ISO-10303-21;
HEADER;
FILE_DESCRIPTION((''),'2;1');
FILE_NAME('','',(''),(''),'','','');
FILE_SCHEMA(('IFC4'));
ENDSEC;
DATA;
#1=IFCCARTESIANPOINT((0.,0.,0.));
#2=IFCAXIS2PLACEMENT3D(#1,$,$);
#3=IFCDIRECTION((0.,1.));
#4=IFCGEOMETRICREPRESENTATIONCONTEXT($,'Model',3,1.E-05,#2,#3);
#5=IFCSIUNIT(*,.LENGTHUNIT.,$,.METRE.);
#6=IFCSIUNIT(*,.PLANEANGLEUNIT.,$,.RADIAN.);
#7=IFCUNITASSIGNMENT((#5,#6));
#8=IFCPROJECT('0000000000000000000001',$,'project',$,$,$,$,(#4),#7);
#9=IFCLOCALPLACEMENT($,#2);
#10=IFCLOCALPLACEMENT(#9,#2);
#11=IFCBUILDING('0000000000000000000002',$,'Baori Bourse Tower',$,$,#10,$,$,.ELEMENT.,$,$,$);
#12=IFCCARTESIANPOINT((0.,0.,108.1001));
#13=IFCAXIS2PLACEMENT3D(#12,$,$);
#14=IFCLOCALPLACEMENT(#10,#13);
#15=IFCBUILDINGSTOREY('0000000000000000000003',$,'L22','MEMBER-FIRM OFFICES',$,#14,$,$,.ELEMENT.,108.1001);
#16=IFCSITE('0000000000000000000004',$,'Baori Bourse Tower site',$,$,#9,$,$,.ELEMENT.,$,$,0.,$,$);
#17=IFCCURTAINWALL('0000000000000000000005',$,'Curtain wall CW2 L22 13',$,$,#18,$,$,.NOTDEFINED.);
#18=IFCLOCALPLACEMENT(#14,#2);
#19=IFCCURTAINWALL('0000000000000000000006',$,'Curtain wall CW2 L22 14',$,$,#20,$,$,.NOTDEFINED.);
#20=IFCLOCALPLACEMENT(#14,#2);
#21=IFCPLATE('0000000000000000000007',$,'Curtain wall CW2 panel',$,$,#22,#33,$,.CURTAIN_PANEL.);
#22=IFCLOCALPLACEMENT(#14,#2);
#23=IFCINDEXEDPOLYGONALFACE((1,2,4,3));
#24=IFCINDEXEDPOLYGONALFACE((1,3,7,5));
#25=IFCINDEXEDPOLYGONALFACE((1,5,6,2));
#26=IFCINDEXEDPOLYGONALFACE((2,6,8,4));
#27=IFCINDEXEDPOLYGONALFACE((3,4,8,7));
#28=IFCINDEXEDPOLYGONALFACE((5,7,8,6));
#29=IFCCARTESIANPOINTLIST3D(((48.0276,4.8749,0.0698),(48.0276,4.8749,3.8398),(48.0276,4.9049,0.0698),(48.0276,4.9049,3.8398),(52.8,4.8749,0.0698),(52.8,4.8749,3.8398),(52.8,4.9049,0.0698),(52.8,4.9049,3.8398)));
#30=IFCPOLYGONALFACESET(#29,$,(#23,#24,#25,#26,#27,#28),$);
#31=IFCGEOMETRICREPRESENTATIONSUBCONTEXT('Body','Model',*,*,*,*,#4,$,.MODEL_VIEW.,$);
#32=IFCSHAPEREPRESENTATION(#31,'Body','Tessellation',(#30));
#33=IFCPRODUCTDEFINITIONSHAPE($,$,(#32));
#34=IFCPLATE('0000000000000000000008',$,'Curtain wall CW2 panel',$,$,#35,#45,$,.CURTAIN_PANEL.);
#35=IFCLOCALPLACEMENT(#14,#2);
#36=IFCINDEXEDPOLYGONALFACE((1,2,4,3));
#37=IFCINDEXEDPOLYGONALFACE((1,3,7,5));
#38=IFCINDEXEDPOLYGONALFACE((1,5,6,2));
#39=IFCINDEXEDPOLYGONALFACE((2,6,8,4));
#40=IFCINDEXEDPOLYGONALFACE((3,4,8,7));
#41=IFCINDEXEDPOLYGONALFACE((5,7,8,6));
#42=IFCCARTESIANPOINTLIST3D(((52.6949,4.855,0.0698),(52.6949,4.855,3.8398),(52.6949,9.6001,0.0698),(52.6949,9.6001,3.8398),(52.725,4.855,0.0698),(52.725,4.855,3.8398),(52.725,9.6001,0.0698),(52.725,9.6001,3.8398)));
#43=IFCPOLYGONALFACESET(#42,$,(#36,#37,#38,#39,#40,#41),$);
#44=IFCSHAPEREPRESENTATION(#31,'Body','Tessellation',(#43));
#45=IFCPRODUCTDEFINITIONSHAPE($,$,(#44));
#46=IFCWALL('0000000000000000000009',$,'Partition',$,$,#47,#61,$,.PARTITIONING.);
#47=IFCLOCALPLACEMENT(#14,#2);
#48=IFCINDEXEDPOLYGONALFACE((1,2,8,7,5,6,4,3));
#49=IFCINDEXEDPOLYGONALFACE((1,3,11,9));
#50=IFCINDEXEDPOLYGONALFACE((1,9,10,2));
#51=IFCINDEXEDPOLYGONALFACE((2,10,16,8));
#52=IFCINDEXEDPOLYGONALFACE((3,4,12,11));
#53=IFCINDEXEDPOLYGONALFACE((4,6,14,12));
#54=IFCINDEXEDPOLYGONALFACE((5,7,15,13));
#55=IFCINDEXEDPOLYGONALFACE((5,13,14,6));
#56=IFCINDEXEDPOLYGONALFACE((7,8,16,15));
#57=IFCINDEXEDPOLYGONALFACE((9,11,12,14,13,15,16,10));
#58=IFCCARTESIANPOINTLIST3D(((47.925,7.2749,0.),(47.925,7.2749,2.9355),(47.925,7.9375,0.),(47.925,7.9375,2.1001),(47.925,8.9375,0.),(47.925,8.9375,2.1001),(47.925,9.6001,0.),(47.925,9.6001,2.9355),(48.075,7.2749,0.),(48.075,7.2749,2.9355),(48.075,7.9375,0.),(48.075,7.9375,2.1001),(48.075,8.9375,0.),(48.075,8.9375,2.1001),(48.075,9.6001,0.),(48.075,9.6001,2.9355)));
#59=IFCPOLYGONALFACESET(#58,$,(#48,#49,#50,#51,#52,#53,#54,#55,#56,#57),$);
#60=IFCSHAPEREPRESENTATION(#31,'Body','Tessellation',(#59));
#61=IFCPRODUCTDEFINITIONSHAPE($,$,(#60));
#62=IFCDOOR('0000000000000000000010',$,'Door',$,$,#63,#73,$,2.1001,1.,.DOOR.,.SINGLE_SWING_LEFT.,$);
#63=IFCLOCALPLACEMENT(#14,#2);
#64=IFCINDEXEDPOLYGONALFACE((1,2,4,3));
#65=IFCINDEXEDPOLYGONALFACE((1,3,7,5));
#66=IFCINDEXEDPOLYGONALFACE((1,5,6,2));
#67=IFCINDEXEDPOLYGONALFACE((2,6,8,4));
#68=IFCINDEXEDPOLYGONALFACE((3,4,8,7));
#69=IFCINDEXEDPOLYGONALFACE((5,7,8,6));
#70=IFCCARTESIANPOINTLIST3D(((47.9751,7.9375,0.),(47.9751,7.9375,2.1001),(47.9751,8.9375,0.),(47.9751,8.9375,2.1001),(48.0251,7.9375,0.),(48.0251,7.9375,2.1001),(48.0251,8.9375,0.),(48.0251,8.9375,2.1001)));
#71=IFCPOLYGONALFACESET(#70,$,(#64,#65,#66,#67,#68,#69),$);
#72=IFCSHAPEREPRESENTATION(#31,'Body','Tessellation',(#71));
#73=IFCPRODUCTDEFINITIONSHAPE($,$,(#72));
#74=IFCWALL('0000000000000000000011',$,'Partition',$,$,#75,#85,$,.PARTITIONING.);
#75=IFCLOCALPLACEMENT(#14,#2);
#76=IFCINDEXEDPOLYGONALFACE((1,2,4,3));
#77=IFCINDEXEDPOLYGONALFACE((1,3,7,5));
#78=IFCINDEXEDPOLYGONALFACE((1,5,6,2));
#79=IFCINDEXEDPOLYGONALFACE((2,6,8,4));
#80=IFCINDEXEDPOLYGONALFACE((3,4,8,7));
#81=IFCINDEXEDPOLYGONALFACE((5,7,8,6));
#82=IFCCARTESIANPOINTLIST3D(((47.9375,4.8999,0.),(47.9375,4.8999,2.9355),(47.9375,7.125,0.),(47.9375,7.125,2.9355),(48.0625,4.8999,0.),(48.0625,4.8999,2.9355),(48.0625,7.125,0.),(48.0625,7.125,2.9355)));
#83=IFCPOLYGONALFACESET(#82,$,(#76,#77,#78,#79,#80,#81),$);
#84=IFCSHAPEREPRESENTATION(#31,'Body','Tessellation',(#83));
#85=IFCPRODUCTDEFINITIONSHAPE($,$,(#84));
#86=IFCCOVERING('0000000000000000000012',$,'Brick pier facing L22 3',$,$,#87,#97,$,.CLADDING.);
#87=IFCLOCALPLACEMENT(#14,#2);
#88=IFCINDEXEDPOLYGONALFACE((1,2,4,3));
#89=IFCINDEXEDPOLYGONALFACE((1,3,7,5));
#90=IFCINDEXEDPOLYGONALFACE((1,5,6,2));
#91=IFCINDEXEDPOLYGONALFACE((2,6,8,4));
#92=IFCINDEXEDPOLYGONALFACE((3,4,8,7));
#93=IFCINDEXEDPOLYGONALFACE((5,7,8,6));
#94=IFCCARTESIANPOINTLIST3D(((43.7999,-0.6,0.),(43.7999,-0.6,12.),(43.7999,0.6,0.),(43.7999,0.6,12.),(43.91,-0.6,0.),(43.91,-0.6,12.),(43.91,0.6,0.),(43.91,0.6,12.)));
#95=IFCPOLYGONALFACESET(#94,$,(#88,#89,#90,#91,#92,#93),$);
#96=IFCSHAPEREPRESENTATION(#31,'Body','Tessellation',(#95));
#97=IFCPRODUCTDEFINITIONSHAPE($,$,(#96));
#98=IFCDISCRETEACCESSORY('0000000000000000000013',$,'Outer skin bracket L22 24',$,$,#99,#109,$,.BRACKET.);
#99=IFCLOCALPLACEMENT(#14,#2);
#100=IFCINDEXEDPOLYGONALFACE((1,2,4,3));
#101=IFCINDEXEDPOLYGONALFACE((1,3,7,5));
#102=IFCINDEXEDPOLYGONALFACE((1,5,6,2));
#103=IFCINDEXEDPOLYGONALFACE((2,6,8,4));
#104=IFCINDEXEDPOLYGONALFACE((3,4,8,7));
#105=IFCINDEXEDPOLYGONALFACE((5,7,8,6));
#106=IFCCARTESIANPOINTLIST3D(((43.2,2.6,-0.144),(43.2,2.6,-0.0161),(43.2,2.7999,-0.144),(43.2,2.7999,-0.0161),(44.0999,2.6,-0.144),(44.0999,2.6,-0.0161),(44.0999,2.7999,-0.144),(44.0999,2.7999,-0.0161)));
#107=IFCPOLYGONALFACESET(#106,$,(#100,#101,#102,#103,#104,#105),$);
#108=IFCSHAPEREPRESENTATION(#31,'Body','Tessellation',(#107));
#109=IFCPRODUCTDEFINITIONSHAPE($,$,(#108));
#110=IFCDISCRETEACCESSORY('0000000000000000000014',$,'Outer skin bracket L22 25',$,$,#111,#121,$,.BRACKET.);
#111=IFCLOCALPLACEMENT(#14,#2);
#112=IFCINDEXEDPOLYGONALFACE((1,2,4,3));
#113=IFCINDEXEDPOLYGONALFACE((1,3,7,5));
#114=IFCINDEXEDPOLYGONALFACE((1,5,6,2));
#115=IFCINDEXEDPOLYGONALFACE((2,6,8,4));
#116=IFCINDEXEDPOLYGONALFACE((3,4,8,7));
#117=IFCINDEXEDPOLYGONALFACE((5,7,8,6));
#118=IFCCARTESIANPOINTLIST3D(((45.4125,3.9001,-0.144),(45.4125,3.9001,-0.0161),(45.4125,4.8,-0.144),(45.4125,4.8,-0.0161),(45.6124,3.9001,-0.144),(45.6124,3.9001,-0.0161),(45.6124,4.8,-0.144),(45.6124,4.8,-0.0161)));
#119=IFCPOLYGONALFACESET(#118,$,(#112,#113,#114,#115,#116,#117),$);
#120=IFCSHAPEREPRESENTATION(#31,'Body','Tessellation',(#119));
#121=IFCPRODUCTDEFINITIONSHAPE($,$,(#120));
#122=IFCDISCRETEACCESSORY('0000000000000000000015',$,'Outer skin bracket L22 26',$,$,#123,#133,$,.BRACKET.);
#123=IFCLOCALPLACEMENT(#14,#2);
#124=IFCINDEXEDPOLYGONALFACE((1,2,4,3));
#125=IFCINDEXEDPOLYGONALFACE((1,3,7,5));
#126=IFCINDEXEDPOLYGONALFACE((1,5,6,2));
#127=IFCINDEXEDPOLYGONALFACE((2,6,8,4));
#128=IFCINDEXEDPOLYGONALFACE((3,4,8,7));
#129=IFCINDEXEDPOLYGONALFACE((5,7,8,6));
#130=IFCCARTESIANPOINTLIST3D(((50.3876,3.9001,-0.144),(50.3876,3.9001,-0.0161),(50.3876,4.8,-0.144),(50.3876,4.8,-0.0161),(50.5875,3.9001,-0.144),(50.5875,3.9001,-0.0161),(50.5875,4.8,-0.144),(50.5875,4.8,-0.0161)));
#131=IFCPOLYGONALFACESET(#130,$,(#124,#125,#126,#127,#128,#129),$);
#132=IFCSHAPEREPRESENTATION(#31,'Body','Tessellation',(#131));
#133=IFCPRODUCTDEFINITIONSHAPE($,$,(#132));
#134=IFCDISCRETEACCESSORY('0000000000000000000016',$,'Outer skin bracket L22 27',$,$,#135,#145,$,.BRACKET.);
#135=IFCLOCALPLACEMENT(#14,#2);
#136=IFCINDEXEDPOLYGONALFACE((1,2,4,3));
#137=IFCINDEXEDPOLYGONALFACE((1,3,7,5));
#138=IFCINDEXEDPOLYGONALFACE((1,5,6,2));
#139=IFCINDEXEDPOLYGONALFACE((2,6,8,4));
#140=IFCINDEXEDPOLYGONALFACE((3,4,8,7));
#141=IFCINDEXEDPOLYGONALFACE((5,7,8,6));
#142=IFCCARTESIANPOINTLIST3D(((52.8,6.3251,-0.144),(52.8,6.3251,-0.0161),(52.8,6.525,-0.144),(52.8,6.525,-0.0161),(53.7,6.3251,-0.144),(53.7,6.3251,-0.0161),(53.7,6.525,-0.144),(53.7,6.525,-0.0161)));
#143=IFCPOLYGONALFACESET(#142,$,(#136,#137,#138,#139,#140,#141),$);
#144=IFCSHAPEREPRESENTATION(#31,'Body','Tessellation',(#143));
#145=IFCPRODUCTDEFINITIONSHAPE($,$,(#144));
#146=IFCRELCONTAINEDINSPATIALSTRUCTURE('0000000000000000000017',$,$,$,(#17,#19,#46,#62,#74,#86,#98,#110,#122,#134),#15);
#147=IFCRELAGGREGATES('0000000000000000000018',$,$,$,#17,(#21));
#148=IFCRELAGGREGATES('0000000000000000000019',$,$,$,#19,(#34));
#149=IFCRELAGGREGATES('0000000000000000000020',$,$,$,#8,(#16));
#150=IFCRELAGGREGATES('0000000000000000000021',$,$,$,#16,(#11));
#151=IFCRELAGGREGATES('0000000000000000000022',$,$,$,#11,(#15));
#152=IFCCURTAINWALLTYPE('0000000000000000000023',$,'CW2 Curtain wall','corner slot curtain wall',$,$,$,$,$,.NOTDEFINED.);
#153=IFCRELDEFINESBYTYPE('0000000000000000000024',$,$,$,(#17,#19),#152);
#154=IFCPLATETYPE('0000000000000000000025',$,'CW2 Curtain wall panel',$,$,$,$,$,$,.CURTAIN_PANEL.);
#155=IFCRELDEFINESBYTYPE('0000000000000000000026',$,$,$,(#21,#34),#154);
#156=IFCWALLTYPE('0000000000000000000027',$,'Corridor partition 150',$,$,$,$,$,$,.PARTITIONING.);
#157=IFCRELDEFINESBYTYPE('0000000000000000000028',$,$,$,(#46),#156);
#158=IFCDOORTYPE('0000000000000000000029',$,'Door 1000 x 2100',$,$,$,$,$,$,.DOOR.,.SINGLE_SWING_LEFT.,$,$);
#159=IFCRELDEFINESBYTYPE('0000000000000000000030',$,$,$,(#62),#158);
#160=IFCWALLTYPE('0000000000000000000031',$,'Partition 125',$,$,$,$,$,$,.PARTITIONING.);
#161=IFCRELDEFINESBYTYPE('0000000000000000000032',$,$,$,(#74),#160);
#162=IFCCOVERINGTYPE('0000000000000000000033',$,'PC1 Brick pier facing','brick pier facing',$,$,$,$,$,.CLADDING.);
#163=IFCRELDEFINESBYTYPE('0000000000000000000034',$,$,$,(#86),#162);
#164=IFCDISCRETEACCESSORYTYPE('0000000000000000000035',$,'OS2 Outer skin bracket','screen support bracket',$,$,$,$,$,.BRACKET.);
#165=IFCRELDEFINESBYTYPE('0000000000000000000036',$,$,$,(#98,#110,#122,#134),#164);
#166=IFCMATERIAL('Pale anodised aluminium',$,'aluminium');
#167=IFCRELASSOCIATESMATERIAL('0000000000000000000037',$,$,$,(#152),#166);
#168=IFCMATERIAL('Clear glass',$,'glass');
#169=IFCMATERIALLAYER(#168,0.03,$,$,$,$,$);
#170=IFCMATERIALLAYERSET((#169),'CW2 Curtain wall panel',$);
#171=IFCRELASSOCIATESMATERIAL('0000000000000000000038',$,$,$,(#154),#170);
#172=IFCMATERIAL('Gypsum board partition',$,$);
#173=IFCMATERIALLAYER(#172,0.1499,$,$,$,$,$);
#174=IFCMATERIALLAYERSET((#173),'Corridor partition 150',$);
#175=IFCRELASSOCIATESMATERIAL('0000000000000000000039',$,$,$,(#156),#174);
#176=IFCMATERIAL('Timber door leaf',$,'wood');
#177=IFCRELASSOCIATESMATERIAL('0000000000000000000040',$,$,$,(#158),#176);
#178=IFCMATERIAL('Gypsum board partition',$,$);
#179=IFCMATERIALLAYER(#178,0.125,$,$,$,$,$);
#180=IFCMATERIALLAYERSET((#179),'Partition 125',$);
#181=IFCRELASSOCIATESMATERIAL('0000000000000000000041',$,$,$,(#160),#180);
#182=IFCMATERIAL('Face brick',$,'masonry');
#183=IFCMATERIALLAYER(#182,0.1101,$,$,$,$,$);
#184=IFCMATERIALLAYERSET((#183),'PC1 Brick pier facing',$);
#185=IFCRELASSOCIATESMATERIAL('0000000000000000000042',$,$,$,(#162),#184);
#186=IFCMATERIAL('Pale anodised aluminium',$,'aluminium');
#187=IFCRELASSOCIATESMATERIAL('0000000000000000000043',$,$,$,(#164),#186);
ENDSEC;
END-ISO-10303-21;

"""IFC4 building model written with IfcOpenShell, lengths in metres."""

from ifc_helpers import new_model, si_unit, direction, frame, frame_2d, origin, origin_2d, place, context, subcontext, project, spatial, rectangle, extrude, material, layer, layer_set, type_object, element, fill, aggregate, save


model = new_model("IFC4")

# Units and contexts
model_context = context("Model", 3, precision=1e-05, world=origin(), true_north=direction((0.0, 1.0)))
body_context = subcontext(model_context, "Body", "Model", "MODEL_VIEW")
ifc_project = project(units=[si_unit("LENGTHUNIT", "METRE"), si_unit("PLANEANGLEUNIT", "RADIAN")], contexts=[model_context])

# Site, building, storey
site_placement = place(None, origin())
site = spatial("IfcSite", under=ifc_project, at=site_placement, Name="Baori Bourse Tower site", CompositionType="ELEMENT", RefElevation=0.0)
building_placement = place(site_placement, origin())
building = spatial("IfcBuilding", under=site, at=building_placement, Name="Baori Bourse Tower", CompositionType="ELEMENT")
storey_placement = place(building_placement, frame((0.0, 0.0, 108.1001)))
storey = spatial("IfcBuildingStorey", under=building, at=storey_placement, Name="L22", Description="MEMBER-FIRM OFFICES", CompositionType="ELEMENT", Elevation=108.1001)

# Curtain wall
ifc_material_1 = material(Name="Pale anodised aluminium", Category="aluminium")
curtain_wall_type = type_object("IfcCurtainWallType", Name="CW2 Curtain wall", Description="corner slot curtain wall", PredefinedType="NOTDEFINED", material=ifc_material_1)
curtain_wall_1_placement = place(storey_placement, origin())
curtain_wall_1 = element("IfcCurtainWall", 1, at=curtain_wall_1_placement, inside=storey, type_object=curtain_wall_type, Name="Curtain wall CW2 L22 13", PredefinedType="NOTDEFINED")

# Curtain wall
curtain_wall_2_placement = place(storey_placement, origin())
curtain_wall_2 = element("IfcCurtainWall", 2, at=curtain_wall_2_placement, inside=storey, type_object=curtain_wall_type, Name="Curtain wall CW2 L22 14", PredefinedType="NOTDEFINED")

# Plates
ifc_material_2 = material(Name="Clear glass", Category="glass")
ifc_layer_1 = layer(ifc_material_2, 0.03)
ifc_layer_set_1 = layer_set([ifc_layer_1], Name="CW2 Curtain wall panel")
plate_type = type_object("IfcPlateType", Name="CW2 Curtain wall panel", PredefinedType="CURTAIN_PANEL", material=ifc_layer_set_1)
plate_1_placement = place(storey_placement, frame((50.4138, 4.8899, 0.0698), z_axis=(0.0, 0.0, 1.0), x_axis=(1.0, 0.0, 0.0)))
plate_1 = element("IfcPlate", 3, at=plate_1_placement, type_object=plate_type, Name="Curtain wall CW2 panel", PredefinedType="CURTAIN_PANEL", context=body_context, shape_type="SweptSolid", body=[
    extrude(rectangle(XDim=4.7725, YDim=0.03, at=origin_2d()), origin(), (0.0, 0.0, 1.0), 3.77),
])
aggregate(curtain_wall_1, [plate_1])
plate_2_placement = place(storey_placement, frame((52.71, 7.2275, 0.0698), z_axis=(0.0, 0.0, 1.0), x_axis=(0.0, 1.0, 0.0)))
plate_2 = element("IfcPlate", 4, at=plate_2_placement, type_object=plate_type, Name="Curtain wall CW2 panel", PredefinedType="CURTAIN_PANEL", context=body_context, shape_type="SweptSolid", body=[
    extrude(rectangle(XDim=4.7451, YDim=0.03, at=origin_2d()), origin(), (0.0, 0.0, 1.0), 3.77),
])
aggregate(curtain_wall_2, [plate_2])

# Wall, opening, door
ifc_material_3 = material(Name="Gypsum board partition")
ifc_layer_2 = layer(ifc_material_3, 0.1499)
ifc_layer_set_2 = layer_set([ifc_layer_2], Name="Corridor partition 150")
wall_type_1 = type_object("IfcWallType", Name="Corridor partition 150", PredefinedType="PARTITIONING", material=ifc_layer_set_2)
wall_1_placement = place(storey_placement, frame((48.0, 7.2749, 0.0), z_axis=(0.0, 0.0, 1.0), x_axis=(0.0, 1.0, 0.0)))
wall_1 = element("IfcWall", 5, at=wall_1_placement, inside=storey, type_object=wall_type_1, Name="Partition", PredefinedType="PARTITIONING", context=body_context, shape_type="SweptSolid", body=[
    extrude(rectangle(XDim=2.3252, YDim=0.1499, at=frame_2d((1.1626, 0.0))), origin(), (0.0, 0.0, 1.0), 2.9355),
])
opening_placement = place(wall_1_placement, frame((0.6626, 0.0, 0.0)))
opening = element("IfcOpeningElement", 6, at=opening_placement, cuts=wall_1, PredefinedType="OPENING", context=body_context, shape_type="SweptSolid", body=[
    extrude(rectangle(XDim=1.0, YDim=2.1001, at=frame_2d((0.5, 1.05))), frame((0.0, 0.085, 0.0), z_axis=(0.0, -1.0, 0.0), x_axis=(1.0, 0.0, 0.0)), (0.0, 0.0, 1.0), 0.1699),
])
ifc_material_4 = material(Name="Timber door leaf", Category="wood")
door_type = type_object("IfcDoorType", Name="Door 1000 x 2100", OperationType="SINGLE_SWING_LEFT", PredefinedType="DOOR", material=ifc_material_4)
door_placement = place(opening_placement, origin())
door = element("IfcDoor", 7, at=door_placement, inside=storey, type_object=door_type, Name="Door", OperationType="SINGLE_SWING_LEFT", OverallHeight=2.1001, OverallWidth=1.0, PredefinedType="DOOR", context=body_context, shape_type="SweptSolid", body=[
    extrude(rectangle(XDim=1.0, YDim=2.1001, at=frame_2d((0.5, 1.05))), frame((0.0, 0.0249, 0.0), z_axis=(0.0, -1.0, 0.0), x_axis=(1.0, 0.0, 0.0)), (0.0, 0.0, 1.0), 0.05),
])
fill(opening, door)

# Wall
ifc_material_5 = material(Name="Gypsum board partition")
ifc_layer_3 = layer(ifc_material_5, 0.125)
ifc_layer_set_3 = layer_set([ifc_layer_3], Name="Partition 125")
wall_type_2 = type_object("IfcWallType", Name="Partition 125", PredefinedType="PARTITIONING", material=ifc_layer_set_3)
wall_2_placement = place(storey_placement, frame((48.0, 4.8999, 0.0), z_axis=(0.0, 0.0, 1.0), x_axis=(0.0, 1.0, 0.0)))
element("IfcWall", 8, at=wall_2_placement, inside=storey, type_object=wall_type_2, Name="Partition", PredefinedType="PARTITIONING", context=body_context, shape_type="SweptSolid", body=[
    extrude(rectangle(XDim=2.2251, YDim=0.125, at=frame_2d((1.1125, 0.0))), origin(), (0.0, 0.0, 1.0), 2.9355),
])

# Covering
ifc_material_6 = material(Name="Face brick", Category="masonry")
ifc_layer_4 = layer(ifc_material_6, 0.1101)
ifc_layer_set_4 = layer_set([ifc_layer_4], Name="PC1 Brick pier facing")
covering_type = type_object("IfcCoveringType", Name="PC1 Brick pier facing", Description="brick pier facing", PredefinedType="CLADDING", material=ifc_layer_set_4)
covering_placement = place(storey_placement, frame((43.855, 0.0, 0.0), z_axis=(0.0, 0.0, 1.0), x_axis=(1.0, 0.0, 0.0)))
element("IfcCovering", 9, at=covering_placement, inside=storey, type_object=covering_type, Name="Brick pier facing L22 3", PredefinedType="CLADDING", context=body_context, shape_type="SweptSolid", body=[
    extrude(rectangle(XDim=0.1101, YDim=1.2, at=origin_2d()), origin(), (0.0, 0.0, 1.0), 12.0),
])

# Discrete accessories
ifc_material_7 = material(Name="Pale anodised aluminium", Category="aluminium")
discrete_accessory_type = type_object("IfcDiscreteAccessoryType", Name="OS2 Outer skin bracket", Description="screen support bracket", PredefinedType="BRACKET", material=ifc_material_7)
for number, where, z_axis, x_axis, name in (
    (10, (43.6499, 2.7, -0.144), (0.0, 0.0, 1.0), (0.0, 1.0, 0.0), "Outer skin bracket L22 24"),
    (11, (45.5125, 4.3501, -0.144), (0.0, 0.0, 1.0), (1.0, 0.0, 0.0), "Outer skin bracket L22 25"),
    (12, (50.4875, 4.3501, -0.144), (0.0, 0.0, 1.0), (1.0, 0.0, 0.0), "Outer skin bracket L22 26"),
    (13, (53.25, 6.425, -0.144), (0.0, 0.0, 1.0), (0.0, 1.0, 0.0), "Outer skin bracket L22 27"),
):
    element("IfcDiscreteAccessory", number, at=place(storey_placement, frame(where, z_axis=z_axis, x_axis=x_axis)), inside=storey, type_object=discrete_accessory_type, Name=name, PredefinedType="BRACKET", context=body_context, shape_type="SweptSolid", body=[
        extrude(rectangle(XDim=0.2, YDim=0.8999, at=origin_2d()), origin(), (0.0, 0.0, 1.0), 0.1279),
    ])

save(model, "model.ifc")
